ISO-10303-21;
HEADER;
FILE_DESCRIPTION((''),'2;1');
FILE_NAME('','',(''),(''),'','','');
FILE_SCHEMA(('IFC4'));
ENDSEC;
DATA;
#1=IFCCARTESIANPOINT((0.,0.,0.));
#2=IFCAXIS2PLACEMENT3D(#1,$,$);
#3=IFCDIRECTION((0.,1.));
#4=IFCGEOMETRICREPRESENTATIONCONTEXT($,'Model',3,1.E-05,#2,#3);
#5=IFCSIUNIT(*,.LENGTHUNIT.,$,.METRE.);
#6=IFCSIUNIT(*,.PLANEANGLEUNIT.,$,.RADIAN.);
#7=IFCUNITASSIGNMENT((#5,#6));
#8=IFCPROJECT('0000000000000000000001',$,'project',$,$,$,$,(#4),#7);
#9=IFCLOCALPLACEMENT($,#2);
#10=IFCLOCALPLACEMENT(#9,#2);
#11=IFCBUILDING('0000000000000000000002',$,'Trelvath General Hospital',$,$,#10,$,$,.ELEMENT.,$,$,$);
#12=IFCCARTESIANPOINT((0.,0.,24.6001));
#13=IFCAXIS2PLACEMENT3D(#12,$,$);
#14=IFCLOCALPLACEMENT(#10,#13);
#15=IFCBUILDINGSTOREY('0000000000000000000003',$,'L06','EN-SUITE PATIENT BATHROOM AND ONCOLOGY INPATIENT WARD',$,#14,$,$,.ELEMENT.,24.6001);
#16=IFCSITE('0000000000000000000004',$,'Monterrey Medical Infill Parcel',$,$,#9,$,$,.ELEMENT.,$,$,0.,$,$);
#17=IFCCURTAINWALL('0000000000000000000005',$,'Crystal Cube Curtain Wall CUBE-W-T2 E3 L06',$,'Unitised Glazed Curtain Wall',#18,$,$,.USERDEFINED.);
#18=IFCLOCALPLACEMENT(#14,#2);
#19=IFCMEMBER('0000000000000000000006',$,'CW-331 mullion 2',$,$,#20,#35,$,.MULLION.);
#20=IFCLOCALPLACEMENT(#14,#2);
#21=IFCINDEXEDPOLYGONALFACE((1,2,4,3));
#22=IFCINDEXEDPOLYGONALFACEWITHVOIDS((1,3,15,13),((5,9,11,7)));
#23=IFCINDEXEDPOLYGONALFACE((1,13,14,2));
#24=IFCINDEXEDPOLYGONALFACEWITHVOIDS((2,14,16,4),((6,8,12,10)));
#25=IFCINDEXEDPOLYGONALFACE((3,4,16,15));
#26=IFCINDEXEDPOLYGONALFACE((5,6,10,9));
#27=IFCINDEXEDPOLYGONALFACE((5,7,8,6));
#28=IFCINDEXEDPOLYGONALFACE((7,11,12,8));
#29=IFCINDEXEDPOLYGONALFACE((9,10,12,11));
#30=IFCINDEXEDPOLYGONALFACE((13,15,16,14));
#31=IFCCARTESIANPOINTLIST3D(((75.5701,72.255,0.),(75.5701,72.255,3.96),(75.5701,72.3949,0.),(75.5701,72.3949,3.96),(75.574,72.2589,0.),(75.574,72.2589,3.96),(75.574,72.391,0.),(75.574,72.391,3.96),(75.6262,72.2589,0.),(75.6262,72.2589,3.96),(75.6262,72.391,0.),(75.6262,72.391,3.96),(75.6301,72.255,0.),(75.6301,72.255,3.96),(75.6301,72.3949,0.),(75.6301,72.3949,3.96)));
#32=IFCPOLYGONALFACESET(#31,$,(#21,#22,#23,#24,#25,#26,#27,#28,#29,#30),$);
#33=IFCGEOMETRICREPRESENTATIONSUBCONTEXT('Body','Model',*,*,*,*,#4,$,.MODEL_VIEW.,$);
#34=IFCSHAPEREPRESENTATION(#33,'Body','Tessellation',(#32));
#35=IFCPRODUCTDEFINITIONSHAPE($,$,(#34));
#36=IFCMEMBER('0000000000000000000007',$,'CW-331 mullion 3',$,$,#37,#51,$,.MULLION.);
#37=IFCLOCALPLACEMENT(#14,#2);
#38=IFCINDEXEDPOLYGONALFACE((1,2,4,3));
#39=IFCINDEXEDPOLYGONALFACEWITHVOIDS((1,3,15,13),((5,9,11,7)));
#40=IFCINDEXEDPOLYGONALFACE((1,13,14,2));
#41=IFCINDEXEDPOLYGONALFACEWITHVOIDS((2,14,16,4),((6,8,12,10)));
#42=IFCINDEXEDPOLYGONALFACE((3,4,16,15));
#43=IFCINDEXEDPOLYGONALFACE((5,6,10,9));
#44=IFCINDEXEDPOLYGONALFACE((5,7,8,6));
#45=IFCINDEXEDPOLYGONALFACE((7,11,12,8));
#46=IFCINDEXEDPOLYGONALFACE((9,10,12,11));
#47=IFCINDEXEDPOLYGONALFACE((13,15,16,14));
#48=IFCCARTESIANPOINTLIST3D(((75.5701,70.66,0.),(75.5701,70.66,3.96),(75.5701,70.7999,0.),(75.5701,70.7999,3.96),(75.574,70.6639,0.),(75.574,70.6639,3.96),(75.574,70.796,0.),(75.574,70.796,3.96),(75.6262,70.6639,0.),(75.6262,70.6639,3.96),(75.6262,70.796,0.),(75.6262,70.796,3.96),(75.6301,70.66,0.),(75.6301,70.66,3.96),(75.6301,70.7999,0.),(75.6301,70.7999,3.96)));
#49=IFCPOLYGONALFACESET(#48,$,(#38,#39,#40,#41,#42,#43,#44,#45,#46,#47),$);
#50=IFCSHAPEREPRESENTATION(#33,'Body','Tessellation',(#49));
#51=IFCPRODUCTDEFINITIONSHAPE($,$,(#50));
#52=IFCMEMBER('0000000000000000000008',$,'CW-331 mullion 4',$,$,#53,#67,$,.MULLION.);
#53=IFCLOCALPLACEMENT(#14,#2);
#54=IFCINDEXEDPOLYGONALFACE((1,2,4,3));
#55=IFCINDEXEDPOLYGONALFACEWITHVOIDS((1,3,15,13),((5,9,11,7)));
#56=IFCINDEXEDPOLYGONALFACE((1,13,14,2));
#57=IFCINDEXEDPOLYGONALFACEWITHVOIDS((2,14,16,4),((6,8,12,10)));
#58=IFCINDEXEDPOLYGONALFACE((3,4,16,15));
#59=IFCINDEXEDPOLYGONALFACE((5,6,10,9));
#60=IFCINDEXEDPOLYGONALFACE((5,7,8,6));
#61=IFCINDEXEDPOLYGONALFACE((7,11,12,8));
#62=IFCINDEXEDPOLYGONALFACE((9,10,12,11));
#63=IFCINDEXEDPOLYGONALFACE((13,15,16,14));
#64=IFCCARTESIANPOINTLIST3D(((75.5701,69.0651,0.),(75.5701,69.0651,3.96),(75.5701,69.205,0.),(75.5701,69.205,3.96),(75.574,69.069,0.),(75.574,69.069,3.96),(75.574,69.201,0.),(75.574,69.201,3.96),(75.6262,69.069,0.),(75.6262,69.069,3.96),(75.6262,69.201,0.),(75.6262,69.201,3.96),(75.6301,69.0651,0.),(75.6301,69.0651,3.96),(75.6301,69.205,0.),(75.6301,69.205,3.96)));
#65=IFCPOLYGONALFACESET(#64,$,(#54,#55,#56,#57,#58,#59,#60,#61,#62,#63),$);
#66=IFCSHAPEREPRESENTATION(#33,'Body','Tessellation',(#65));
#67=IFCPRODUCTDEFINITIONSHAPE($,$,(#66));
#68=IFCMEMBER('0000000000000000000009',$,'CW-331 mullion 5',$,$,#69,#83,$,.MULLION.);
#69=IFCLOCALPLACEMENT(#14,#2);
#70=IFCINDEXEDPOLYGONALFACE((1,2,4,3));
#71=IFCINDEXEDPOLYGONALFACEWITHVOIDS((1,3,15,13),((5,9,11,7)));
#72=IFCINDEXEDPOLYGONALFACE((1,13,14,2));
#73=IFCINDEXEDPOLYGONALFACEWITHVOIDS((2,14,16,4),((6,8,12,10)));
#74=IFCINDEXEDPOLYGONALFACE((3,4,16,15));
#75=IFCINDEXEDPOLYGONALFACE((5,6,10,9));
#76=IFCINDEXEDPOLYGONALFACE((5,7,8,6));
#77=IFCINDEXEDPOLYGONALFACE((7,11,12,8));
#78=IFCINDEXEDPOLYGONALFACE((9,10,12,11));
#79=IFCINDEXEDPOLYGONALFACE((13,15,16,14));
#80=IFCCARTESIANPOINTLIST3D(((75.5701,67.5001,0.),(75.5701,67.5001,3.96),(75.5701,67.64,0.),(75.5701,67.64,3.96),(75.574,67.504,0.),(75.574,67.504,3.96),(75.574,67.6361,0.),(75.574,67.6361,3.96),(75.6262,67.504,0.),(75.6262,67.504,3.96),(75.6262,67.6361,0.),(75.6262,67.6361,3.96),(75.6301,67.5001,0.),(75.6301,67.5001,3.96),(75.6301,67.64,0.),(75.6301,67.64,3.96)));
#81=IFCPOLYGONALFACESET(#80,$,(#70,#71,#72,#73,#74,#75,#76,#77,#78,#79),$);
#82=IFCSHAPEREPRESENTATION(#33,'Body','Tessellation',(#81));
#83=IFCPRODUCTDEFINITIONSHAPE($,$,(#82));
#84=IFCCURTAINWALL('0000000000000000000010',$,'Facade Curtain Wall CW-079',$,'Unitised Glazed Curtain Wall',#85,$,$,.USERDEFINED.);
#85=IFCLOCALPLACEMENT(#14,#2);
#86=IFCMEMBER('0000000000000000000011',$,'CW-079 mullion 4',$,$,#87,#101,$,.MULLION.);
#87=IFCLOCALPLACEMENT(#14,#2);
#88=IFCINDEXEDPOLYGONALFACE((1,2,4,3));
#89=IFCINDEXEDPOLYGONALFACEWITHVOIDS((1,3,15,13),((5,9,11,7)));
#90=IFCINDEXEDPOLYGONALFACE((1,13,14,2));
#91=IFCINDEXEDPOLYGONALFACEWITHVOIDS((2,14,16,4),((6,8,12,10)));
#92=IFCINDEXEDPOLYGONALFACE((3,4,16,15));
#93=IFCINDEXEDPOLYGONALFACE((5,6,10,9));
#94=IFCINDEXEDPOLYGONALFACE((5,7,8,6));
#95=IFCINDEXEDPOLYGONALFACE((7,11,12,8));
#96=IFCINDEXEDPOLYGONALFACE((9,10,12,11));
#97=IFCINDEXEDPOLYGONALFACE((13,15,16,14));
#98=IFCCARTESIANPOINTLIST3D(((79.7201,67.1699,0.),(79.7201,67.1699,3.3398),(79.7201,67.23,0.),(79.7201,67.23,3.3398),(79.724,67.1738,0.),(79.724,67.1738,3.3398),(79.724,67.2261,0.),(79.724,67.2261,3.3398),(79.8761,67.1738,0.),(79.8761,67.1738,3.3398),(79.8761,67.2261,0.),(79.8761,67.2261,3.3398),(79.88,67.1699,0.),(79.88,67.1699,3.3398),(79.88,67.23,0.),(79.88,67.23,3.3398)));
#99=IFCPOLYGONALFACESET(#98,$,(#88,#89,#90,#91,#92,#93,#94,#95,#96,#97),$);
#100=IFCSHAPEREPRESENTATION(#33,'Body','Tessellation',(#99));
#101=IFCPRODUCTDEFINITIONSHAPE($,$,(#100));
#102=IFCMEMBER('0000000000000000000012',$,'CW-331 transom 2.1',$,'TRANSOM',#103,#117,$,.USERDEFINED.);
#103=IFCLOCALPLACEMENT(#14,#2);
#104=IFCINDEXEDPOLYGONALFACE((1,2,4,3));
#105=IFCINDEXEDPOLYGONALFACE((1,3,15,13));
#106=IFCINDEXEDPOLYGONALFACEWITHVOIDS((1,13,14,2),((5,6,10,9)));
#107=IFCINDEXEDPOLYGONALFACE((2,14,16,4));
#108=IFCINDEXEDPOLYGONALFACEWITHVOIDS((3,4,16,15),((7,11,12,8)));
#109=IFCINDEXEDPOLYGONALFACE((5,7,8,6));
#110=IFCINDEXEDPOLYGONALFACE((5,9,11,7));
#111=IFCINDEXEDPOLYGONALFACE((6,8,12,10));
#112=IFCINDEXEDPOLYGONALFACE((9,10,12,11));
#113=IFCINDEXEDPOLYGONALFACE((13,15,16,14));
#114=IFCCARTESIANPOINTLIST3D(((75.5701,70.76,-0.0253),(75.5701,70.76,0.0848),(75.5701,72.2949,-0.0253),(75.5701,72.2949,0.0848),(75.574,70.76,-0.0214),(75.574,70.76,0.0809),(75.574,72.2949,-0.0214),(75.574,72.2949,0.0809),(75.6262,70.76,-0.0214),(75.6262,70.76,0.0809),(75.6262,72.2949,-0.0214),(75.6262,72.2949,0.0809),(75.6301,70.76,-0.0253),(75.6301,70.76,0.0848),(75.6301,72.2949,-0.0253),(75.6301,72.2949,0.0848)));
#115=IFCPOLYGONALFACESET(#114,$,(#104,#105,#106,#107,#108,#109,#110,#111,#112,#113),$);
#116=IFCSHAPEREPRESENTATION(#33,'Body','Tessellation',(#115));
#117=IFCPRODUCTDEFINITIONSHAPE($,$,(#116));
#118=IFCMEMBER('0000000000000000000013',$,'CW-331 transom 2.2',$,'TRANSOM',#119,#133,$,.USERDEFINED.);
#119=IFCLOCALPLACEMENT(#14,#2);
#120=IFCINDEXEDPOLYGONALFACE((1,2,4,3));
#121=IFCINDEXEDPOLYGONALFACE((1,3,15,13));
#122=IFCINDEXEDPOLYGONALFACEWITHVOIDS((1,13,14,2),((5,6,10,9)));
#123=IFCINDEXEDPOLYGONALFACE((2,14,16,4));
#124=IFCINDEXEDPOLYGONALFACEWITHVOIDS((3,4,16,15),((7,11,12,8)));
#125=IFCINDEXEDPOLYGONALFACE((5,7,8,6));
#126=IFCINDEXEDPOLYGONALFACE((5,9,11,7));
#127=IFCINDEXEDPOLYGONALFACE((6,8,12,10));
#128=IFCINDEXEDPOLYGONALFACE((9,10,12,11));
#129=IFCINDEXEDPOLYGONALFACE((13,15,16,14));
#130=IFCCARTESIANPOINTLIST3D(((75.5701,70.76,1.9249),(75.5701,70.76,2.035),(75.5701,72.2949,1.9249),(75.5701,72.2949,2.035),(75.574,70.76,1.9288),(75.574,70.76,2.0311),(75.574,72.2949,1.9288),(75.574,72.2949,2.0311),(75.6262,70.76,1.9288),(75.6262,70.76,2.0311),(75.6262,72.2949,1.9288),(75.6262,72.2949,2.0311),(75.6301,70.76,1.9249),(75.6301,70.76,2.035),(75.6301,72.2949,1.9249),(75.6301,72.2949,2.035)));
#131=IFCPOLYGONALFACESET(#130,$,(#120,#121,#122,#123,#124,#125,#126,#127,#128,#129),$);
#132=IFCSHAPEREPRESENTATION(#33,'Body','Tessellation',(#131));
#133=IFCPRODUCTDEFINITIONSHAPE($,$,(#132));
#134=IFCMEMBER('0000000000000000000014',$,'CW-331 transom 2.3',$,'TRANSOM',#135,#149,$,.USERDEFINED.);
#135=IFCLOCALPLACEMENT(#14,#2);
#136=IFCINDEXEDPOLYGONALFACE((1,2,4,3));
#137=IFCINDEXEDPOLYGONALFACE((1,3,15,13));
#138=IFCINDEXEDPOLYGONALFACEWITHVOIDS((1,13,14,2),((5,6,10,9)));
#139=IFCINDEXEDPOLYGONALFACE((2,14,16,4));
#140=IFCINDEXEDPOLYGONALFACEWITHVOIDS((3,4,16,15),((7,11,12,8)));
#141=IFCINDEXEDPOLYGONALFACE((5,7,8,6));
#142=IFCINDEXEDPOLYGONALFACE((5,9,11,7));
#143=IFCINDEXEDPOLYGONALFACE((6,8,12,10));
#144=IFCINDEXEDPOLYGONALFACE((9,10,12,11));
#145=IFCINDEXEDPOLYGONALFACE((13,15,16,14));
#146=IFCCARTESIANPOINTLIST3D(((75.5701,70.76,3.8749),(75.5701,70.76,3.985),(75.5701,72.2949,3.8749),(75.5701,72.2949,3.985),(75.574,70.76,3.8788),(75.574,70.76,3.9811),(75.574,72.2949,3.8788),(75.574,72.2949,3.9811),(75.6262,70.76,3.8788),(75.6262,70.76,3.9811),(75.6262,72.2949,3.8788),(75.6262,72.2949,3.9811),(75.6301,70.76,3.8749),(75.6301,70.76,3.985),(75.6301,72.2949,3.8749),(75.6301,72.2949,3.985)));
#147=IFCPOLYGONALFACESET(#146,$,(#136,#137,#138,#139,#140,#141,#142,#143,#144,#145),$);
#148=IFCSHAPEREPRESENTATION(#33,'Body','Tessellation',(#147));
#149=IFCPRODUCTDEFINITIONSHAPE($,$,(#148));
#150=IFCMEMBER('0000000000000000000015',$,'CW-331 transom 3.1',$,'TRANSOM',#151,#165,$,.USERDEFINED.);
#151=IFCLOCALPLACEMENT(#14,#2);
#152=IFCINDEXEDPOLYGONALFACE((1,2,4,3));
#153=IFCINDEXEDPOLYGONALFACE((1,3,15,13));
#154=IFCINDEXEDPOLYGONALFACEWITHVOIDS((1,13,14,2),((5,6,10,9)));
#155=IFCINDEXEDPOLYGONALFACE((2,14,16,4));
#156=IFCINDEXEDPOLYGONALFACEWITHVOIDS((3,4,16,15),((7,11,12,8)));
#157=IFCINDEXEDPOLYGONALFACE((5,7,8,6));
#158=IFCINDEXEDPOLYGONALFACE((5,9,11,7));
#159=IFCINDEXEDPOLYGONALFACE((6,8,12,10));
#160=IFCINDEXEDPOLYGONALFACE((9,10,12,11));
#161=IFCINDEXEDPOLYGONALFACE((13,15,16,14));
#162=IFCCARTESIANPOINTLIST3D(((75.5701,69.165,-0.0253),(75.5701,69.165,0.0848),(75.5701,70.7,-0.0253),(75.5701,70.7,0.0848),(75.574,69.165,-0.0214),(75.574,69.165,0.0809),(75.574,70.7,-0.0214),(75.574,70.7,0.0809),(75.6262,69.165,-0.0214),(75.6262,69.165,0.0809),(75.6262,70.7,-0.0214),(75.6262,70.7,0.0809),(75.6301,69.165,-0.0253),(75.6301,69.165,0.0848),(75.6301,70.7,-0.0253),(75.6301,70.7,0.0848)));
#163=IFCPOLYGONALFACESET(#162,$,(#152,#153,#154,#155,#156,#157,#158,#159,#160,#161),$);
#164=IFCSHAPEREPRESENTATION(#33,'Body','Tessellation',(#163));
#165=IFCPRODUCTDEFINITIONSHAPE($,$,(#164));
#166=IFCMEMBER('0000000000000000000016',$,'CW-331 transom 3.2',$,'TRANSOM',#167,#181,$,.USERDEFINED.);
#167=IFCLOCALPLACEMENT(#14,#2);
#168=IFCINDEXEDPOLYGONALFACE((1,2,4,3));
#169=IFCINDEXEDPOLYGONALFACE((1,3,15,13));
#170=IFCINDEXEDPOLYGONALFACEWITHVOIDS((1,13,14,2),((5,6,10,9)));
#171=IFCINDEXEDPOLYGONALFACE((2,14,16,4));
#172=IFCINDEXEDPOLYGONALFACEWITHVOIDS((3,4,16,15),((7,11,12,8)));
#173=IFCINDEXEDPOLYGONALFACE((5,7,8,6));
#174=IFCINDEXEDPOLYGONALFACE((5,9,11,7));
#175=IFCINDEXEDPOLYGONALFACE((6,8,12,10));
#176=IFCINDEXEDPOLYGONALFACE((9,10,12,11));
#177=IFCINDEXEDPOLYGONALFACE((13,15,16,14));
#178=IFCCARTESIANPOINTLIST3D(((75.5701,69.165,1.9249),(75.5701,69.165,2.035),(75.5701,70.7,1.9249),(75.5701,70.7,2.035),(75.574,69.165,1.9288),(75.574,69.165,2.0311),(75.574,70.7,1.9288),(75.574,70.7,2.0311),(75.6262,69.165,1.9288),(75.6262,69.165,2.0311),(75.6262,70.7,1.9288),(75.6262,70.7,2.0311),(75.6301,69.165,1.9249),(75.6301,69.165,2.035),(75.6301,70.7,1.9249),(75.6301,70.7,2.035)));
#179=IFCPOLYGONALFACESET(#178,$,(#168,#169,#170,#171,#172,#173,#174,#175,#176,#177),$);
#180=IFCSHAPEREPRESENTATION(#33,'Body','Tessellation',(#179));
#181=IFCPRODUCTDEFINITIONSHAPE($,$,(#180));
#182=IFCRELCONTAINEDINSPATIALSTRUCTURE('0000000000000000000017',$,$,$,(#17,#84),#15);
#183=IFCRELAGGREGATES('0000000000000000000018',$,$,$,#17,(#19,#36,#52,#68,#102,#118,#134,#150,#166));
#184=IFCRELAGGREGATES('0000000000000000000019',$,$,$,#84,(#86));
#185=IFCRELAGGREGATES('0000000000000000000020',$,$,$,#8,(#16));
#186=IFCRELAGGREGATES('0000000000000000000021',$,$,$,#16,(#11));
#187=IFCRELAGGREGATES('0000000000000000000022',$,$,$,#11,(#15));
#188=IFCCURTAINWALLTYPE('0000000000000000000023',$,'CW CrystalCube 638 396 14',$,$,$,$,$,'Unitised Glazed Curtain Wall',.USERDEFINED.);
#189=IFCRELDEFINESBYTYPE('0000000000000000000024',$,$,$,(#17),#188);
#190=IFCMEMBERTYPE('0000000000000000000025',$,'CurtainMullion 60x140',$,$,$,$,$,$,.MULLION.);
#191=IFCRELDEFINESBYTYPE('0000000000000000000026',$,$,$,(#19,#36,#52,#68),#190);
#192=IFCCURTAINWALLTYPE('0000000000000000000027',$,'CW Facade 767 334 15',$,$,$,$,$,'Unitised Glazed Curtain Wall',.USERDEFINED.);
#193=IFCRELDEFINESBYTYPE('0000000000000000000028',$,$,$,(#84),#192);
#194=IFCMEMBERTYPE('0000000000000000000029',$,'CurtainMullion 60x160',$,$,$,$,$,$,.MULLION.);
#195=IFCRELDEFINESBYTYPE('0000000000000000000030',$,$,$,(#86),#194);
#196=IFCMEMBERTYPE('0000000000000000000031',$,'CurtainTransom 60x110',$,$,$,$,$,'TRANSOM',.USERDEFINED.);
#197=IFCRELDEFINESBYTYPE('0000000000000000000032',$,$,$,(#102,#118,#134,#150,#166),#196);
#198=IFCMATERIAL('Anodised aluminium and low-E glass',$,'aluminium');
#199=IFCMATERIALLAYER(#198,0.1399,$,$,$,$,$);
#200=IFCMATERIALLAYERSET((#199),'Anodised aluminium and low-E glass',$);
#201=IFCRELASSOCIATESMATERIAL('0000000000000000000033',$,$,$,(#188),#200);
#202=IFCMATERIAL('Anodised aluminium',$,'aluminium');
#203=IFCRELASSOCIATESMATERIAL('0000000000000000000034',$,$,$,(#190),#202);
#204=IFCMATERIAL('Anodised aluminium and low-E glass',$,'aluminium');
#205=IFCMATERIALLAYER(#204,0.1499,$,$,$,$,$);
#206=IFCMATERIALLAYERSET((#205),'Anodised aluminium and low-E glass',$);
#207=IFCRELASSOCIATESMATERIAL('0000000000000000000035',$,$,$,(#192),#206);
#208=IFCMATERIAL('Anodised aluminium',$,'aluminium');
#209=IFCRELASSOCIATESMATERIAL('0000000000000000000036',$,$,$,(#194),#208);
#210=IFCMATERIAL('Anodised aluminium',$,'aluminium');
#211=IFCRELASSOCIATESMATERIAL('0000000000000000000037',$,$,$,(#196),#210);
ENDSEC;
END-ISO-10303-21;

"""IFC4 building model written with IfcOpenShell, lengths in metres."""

from ifc_helpers import new_model, si_unit, direction, frame, origin, origin_2d, place, context, subcontext, project, spatial, hollow_rectangle, extrude, material, layer, layer_set, material_profile, profile_set, type_object, element, aggregate, save


model = new_model("IFC4")

# Units and contexts
model_context = context("Model", 3, precision=1e-05, world=origin(), true_north=direction((0.0, 1.0)))
body_context = subcontext(model_context, "Body", "Model", "MODEL_VIEW")
ifc_project = project(units=[si_unit("LENGTHUNIT", "METRE"), si_unit("PLANEANGLEUNIT", "RADIAN")], contexts=[model_context])

# Site, building, storey
site_placement = place(None, origin())
site = spatial("IfcSite", under=ifc_project, at=site_placement, Name="Monterrey Medical Infill Parcel", CompositionType="ELEMENT", RefElevation=0.0)
building_placement = place(site_placement, origin())
building = spatial("IfcBuilding", under=site, at=building_placement, Name="Trelvath General Hospital", CompositionType="ELEMENT")
storey_placement = place(building_placement, frame((0.0, 0.0, 24.6001)))
storey = spatial("IfcBuildingStorey", under=building, at=storey_placement, Name="L06", Description="EN-SUITE PATIENT BATHROOM AND ONCOLOGY INPATIENT WARD", CompositionType="ELEMENT", Elevation=24.6001)

# Curtain wall, members
ifc_material_1 = material(Name="Anodised aluminium and low-E glass", Category="aluminium")
ifc_layer_1 = layer(ifc_material_1, 0.1399)
ifc_layer_set_1 = layer_set([ifc_layer_1], Name="Anodised aluminium and low-E glass")
curtain_wall_type_1 = type_object("IfcCurtainWallType", Name="CW CrystalCube 638 396 14", ElementType="Unitised Glazed Curtain Wall", PredefinedType="USERDEFINED", material=ifc_layer_set_1)
curtain_wall_1_placement = place(storey_placement, origin())
curtain_wall_1 = element("IfcCurtainWall", 1, at=curtain_wall_1_placement, inside=storey, type_object=curtain_wall_type_1, Name="Crystal Cube Curtain Wall CUBE-W-T2 E3 L06", ObjectType="Unitised Glazed Curtain Wall", PredefinedType="USERDEFINED")
ifc_material_2 = material(Name="Anodised aluminium", Category="aluminium")
ifc_material_profile_1 = material_profile(ifc_material_2, hollow_rectangle(XDim=0.0601, YDim=0.1399, WallThickness=0.0039, at=origin_2d()), Name="RHS60x140x4")
ifc_profile_set_1 = profile_set([ifc_material_profile_1], Name="Anodised aluminium")
member_type_1 = type_object("IfcMemberType", Name="CurtainMullion 60x140", PredefinedType="MULLION", material=ifc_profile_set_1)
member_1_placement = place(storey_placement, frame((75.6001, 72.325, 0.0), z_axis=(0.0, 0.0, 1.0), x_axis=(1.0, 0.0, 0.0)))
member_1 = element("IfcMember", 2, at=member_1_placement, type_object=member_type_1, Name="CW-331 mullion 2", PredefinedType="MULLION", context=body_context, shape_type="SweptSolid", body=[
    extrude(hollow_rectangle(XDim=0.0601, YDim=0.1399, WallThickness=0.0039, at=origin_2d()), origin(), (0.0, 0.0, 1.0), 3.96),
])
member_2_placement = place(storey_placement, frame((75.6001, 70.73, 0.0), z_axis=(0.0, 0.0, 1.0), x_axis=(1.0, 0.0, 0.0)))
member_2 = element("IfcMember", 3, at=member_2_placement, type_object=member_type_1, Name="CW-331 mullion 3", PredefinedType="MULLION", context=body_context, shape_type="SweptSolid", body=[
    extrude(hollow_rectangle(XDim=0.0601, YDim=0.1399, WallThickness=0.0039, at=origin_2d()), origin(), (0.0, 0.0, 1.0), 3.96),
])
member_3_placement = place(storey_placement, frame((75.6001, 69.135, 0.0), z_axis=(0.0, 0.0, 1.0), x_axis=(1.0, 0.0, 0.0)))
member_3 = element("IfcMember", 4, at=member_3_placement, type_object=member_type_1, Name="CW-331 mullion 4", PredefinedType="MULLION", context=body_context, shape_type="SweptSolid", body=[
    extrude(hollow_rectangle(XDim=0.0601, YDim=0.1399, WallThickness=0.0039, at=origin_2d()), origin(), (0.0, 0.0, 1.0), 3.96),
])
member_4_placement = place(storey_placement, frame((75.6001, 67.5701, 0.0), z_axis=(0.0, 0.0, 1.0), x_axis=(1.0, 0.0, 0.0)))
member_4 = element("IfcMember", 5, at=member_4_placement, type_object=member_type_1, Name="CW-331 mullion 5", PredefinedType="MULLION", context=body_context, shape_type="SweptSolid", body=[
    extrude(hollow_rectangle(XDim=0.0601, YDim=0.1399, WallThickness=0.0039, at=origin_2d()), origin(), (0.0, 0.0, 1.0), 3.96),
])

# Curtain wall, member
ifc_material_3 = material(Name="Anodised aluminium and low-E glass", Category="aluminium")
ifc_layer_2 = layer(ifc_material_3, 0.1499)
ifc_layer_set_2 = layer_set([ifc_layer_2], Name="Anodised aluminium and low-E glass")
curtain_wall_type_2 = type_object("IfcCurtainWallType", Name="CW Facade 767 334 15", ElementType="Unitised Glazed Curtain Wall", PredefinedType="USERDEFINED", material=ifc_layer_set_2)
curtain_wall_2_placement = place(storey_placement, origin())
curtain_wall_2 = element("IfcCurtainWall", 6, at=curtain_wall_2_placement, inside=storey, type_object=curtain_wall_type_2, Name="Facade Curtain Wall CW-079", ObjectType="Unitised Glazed Curtain Wall", PredefinedType="USERDEFINED")
ifc_material_4 = material(Name="Anodised aluminium", Category="aluminium")
ifc_material_profile_2 = material_profile(ifc_material_4, hollow_rectangle(XDim=0.0601, YDim=0.1599, WallThickness=0.0039, at=origin_2d()), Name="RHS60x160x4")
ifc_profile_set_2 = profile_set([ifc_material_profile_2], Name="Anodised aluminium")
member_type_2 = type_object("IfcMemberType", Name="CurtainMullion 60x160", PredefinedType="MULLION", material=ifc_profile_set_2)
member_5_placement = place(storey_placement, frame((79.8, 67.2, 0.0), z_axis=(0.0, 0.0, 1.0), x_axis=(0.0, 1.0, 0.0)))
member_5 = element("IfcMember", 7, at=member_5_placement, type_object=member_type_2, Name="CW-079 mullion 4", PredefinedType="MULLION", context=body_context, shape_type="SweptSolid", body=[
    extrude(hollow_rectangle(XDim=0.0601, YDim=0.1599, WallThickness=0.0039, at=origin_2d()), origin(), (0.0, 0.0, 1.0), 3.3398),
])

# Members
ifc_material_5 = material(Name="Anodised aluminium", Category="aluminium")
ifc_material_profile_3 = material_profile(ifc_material_5, hollow_rectangle(XDim=0.0601, YDim=0.1101, WallThickness=0.0039, at=origin_2d()), Name="RHS60x110x4")
ifc_profile_set_3 = profile_set([ifc_material_profile_3], Name="Anodised aluminium")
member_type_3 = type_object("IfcMemberType", Name="CurtainTransom 60x110", ElementType="TRANSOM", PredefinedType="USERDEFINED", material=ifc_profile_set_3)
member_6_placement = place(storey_placement, frame((75.6001, 72.2949, 0.0298), z_axis=(0.0, -1.0, 0.0), x_axis=(1.0, 0.0, 0.0)))
member_6 = element("IfcMember", 8, at=member_6_placement, type_object=member_type_3, Name="CW-331 transom 2.1", ObjectType="TRANSOM", PredefinedType="USERDEFINED", context=body_context, shape_type="SweptSolid", body=[
    extrude(hollow_rectangle(XDim=0.0601, YDim=0.1101, WallThickness=0.0039, at=origin_2d()), origin(), (0.0, 0.0, 1.0), 1.5349),
])
member_7_placement = place(storey_placement, frame((75.6001, 72.2949, 1.98), z_axis=(0.0, -1.0, 0.0), x_axis=(1.0, 0.0, 0.0)))
member_7 = element("IfcMember", 9, at=member_7_placement, type_object=member_type_3, Name="CW-331 transom 2.2", ObjectType="TRANSOM", PredefinedType="USERDEFINED", context=body_context, shape_type="SweptSolid", body=[
    extrude(hollow_rectangle(XDim=0.0601, YDim=0.1101, WallThickness=0.0039, at=origin_2d()), origin(), (0.0, 0.0, 1.0), 1.5349),
])
member_8_placement = place(storey_placement, frame((75.6001, 72.2949, 3.9299), z_axis=(0.0, -1.0, 0.0), x_axis=(1.0, 0.0, 0.0)))
member_8 = element("IfcMember", 10, at=member_8_placement, type_object=member_type_3, Name="CW-331 transom 2.3", ObjectType="TRANSOM", PredefinedType="USERDEFINED", context=body_context, shape_type="SweptSolid", body=[
    extrude(hollow_rectangle(XDim=0.0601, YDim=0.1101, WallThickness=0.0039, at=origin_2d()), origin(), (0.0, 0.0, 1.0), 1.5349),
])
member_9_placement = place(storey_placement, frame((75.6001, 70.7, 0.0298), z_axis=(0.0, -1.0, 0.0), x_axis=(1.0, 0.0, 0.0)))
member_9 = element("IfcMember", 11, at=member_9_placement, type_object=member_type_3, Name="CW-331 transom 3.1", ObjectType="TRANSOM", PredefinedType="USERDEFINED", context=body_context, shape_type="SweptSolid", body=[
    extrude(hollow_rectangle(XDim=0.0601, YDim=0.1101, WallThickness=0.0039, at=origin_2d()), origin(), (0.0, 0.0, 1.0), 1.5349),
])
member_10_placement = place(storey_placement, frame((75.6001, 70.7, 1.98), z_axis=(0.0, -1.0, 0.0), x_axis=(1.0, 0.0, 0.0)))
member_10 = element("IfcMember", 12, at=member_10_placement, type_object=member_type_3, Name="CW-331 transom 3.2", ObjectType="TRANSOM", PredefinedType="USERDEFINED", context=body_context, shape_type="SweptSolid", body=[
    extrude(hollow_rectangle(XDim=0.0601, YDim=0.1101, WallThickness=0.0039, at=origin_2d()), origin(), (0.0, 0.0, 1.0), 1.5349),
])

aggregate(curtain_wall_1, [member_1, member_2, member_3, member_4, member_6, member_7, member_8, member_9, member_10])
aggregate(curtain_wall_2, [member_5])

save(model, "model.ifc")
